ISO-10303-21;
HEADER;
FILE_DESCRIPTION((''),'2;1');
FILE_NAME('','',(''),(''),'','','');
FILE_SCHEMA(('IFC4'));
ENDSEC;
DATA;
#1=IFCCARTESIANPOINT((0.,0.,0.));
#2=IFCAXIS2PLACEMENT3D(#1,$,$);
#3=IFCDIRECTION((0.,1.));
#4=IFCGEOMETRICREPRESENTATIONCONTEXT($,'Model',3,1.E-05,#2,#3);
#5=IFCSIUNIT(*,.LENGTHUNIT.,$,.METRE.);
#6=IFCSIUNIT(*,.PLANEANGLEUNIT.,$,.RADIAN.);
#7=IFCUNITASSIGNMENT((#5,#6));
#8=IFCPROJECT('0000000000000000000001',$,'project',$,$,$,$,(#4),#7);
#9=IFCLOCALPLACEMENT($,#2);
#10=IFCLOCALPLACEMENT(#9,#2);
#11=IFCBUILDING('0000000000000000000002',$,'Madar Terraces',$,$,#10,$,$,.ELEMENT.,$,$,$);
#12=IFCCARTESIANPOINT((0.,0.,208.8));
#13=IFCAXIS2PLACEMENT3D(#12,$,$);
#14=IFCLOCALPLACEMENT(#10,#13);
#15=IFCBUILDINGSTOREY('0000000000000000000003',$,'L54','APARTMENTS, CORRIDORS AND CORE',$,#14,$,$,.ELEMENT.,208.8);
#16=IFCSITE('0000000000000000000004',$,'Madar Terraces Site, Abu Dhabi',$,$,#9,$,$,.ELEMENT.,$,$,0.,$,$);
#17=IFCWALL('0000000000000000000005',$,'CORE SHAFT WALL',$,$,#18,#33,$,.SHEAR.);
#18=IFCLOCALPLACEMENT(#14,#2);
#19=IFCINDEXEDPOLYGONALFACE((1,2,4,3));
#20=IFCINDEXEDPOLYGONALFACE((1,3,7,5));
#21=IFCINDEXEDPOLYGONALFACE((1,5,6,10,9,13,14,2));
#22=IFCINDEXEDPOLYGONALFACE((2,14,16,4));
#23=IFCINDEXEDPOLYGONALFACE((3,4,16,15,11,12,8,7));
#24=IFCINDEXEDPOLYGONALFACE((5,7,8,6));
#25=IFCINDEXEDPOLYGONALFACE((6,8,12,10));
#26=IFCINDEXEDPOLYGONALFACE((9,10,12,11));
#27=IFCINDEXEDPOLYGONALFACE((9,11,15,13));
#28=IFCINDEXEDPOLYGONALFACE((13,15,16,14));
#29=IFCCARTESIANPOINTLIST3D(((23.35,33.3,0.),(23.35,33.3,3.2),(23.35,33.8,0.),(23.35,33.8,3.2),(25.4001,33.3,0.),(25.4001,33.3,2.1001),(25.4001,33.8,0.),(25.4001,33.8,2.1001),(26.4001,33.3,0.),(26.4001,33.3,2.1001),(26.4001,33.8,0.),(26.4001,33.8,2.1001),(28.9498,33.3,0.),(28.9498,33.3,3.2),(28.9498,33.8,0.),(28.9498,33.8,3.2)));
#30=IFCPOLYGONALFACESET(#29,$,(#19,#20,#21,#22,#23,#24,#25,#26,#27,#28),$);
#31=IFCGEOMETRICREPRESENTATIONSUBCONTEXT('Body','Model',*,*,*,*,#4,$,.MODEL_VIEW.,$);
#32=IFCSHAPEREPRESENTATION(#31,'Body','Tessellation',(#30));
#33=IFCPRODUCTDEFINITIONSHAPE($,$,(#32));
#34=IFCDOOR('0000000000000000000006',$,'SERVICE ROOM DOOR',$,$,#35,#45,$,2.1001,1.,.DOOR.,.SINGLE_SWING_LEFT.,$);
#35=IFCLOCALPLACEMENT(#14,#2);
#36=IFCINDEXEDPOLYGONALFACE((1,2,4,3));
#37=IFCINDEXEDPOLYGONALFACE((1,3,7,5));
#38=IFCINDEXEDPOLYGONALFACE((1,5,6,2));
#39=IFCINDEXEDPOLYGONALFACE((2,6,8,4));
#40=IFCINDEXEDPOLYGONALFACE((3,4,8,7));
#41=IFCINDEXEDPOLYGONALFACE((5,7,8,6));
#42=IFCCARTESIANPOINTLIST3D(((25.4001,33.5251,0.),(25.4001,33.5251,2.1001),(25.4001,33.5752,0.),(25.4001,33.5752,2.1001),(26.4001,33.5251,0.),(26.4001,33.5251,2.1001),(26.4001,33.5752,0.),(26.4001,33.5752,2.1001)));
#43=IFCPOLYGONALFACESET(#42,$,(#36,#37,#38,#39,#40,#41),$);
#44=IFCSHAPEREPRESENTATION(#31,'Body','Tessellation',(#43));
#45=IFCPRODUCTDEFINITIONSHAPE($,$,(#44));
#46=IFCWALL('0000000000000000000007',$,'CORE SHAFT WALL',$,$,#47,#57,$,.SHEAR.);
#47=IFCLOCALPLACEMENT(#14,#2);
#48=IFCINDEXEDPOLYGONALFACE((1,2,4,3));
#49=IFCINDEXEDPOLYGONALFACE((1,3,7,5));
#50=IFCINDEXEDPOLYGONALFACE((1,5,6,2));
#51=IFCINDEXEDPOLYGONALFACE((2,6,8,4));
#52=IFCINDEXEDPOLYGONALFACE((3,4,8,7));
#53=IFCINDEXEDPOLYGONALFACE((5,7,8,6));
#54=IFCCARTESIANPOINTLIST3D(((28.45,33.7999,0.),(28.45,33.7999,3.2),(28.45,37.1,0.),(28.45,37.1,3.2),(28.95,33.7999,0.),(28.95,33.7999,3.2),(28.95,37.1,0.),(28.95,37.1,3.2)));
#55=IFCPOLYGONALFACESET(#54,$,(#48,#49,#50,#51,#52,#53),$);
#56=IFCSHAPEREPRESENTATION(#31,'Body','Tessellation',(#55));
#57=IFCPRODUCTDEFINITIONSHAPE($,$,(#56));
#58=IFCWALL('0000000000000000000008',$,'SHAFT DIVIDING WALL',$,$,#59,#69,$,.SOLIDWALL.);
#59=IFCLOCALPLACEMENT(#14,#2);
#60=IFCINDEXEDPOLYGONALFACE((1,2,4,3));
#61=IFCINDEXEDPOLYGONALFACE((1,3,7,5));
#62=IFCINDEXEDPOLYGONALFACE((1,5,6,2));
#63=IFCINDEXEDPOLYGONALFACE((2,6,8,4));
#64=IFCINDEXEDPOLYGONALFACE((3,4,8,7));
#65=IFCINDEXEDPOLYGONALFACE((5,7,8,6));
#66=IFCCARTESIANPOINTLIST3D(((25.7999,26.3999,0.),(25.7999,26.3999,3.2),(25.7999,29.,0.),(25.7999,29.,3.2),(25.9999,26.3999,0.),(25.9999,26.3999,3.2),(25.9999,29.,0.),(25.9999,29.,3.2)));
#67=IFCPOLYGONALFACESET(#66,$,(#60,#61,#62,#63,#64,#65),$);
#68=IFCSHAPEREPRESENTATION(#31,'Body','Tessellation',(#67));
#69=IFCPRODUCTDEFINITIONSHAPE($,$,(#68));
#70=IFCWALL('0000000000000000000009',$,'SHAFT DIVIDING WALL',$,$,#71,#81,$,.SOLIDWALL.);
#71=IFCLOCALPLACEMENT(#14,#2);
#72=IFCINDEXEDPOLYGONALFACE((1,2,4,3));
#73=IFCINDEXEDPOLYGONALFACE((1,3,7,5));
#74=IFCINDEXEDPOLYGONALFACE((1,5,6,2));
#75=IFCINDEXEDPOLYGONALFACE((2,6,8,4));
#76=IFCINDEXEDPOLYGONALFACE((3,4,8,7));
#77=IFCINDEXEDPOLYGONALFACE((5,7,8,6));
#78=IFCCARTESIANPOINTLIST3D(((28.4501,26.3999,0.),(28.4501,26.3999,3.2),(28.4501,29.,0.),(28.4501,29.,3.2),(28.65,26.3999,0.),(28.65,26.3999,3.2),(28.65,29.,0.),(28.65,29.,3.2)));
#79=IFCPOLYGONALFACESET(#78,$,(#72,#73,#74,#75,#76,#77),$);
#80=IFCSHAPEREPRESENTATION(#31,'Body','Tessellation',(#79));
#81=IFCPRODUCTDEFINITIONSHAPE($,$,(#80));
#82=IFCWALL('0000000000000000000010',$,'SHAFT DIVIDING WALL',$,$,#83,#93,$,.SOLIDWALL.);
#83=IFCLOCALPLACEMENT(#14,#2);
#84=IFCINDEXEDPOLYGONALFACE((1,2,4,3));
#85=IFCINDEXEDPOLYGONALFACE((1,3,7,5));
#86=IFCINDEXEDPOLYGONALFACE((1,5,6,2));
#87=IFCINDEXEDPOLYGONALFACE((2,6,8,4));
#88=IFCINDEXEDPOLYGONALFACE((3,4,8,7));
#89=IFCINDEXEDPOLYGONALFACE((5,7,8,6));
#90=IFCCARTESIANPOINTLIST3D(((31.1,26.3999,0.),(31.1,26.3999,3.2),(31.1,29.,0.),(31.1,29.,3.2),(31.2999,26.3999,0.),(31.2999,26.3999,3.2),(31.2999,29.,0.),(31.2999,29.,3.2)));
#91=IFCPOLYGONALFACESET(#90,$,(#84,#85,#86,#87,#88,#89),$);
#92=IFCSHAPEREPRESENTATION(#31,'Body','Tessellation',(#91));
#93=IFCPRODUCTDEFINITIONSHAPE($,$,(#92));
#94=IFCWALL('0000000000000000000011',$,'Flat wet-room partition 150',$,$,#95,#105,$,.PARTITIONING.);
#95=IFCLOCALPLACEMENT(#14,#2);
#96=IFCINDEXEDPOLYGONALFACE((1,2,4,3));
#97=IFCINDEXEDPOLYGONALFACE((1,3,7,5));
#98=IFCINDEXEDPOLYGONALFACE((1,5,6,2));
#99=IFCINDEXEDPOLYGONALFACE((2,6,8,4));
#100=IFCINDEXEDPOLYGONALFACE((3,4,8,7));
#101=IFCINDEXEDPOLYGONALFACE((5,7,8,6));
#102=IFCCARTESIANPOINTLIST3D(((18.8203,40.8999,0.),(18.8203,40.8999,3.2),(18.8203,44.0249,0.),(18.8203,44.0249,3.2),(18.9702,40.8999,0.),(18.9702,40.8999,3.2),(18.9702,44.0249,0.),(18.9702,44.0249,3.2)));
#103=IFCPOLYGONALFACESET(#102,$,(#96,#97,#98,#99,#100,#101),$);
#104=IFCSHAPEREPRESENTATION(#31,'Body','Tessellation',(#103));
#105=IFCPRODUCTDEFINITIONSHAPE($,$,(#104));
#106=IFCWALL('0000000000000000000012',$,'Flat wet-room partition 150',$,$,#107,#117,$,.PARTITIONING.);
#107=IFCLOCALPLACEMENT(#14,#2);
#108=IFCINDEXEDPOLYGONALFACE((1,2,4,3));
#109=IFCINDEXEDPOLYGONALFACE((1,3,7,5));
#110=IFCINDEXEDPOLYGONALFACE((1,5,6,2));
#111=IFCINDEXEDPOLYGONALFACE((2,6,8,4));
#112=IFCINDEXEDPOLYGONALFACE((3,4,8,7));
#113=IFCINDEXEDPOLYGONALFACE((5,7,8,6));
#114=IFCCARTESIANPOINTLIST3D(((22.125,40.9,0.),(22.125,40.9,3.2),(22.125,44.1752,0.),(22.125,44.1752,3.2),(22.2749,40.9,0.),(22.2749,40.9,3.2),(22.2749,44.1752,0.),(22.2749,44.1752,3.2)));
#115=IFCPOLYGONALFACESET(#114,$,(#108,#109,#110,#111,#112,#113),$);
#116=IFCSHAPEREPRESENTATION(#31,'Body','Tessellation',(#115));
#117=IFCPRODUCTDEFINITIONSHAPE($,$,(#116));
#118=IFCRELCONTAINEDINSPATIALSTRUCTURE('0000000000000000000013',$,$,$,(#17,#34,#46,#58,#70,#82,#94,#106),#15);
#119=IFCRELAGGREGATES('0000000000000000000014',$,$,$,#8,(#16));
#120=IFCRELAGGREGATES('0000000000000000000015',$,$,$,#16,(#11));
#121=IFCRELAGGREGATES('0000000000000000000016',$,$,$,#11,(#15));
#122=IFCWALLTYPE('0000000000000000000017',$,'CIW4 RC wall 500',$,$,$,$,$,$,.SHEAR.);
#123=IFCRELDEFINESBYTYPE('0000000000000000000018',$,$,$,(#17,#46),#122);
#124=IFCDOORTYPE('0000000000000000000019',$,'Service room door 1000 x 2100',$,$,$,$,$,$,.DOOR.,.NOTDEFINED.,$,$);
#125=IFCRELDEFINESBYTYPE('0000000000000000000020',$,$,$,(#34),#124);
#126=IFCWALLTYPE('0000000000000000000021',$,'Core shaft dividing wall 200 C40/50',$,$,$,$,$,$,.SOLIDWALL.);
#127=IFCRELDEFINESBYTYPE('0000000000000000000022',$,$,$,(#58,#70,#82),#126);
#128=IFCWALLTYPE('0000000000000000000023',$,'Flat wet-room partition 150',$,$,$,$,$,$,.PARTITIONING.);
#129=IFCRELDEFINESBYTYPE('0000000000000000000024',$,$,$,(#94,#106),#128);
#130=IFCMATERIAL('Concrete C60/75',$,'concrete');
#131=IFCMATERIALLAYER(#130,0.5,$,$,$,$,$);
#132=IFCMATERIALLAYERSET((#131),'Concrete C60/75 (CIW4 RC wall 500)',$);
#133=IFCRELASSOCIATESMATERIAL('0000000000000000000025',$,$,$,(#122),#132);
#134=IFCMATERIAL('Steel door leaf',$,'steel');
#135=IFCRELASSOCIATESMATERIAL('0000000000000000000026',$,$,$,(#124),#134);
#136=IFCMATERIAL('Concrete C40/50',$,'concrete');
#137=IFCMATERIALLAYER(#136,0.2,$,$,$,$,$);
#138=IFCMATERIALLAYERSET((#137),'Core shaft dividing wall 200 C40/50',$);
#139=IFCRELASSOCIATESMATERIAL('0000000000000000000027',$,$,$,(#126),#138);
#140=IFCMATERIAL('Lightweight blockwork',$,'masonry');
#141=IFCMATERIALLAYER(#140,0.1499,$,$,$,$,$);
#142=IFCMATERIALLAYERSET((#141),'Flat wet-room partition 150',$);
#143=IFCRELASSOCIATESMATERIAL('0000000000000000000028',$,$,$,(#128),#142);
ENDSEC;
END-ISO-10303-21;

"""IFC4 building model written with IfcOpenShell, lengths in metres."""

from ifc_helpers import new_model, si_unit, direction, frame, frame_2d, origin, place, context, subcontext, project, spatial, rectangle, extrude, material, layer, layer_set, type_object, element, fill, save


model = new_model("IFC4")

# Units and contexts
model_context = context("Model", 3, precision=1e-05, world=origin(), true_north=direction((0.0, 1.0)))
body_context = subcontext(model_context, "Body", "Model", "MODEL_VIEW")
ifc_project = project(units=[si_unit("LENGTHUNIT", "METRE"), si_unit("PLANEANGLEUNIT", "RADIAN")], contexts=[model_context])

# Site, building, storey
site_placement = place(None, origin())
site = spatial("IfcSite", under=ifc_project, at=site_placement, Name="Madar Terraces Site, Abu Dhabi", CompositionType="ELEMENT", RefElevation=0.0)
building_placement = place(site_placement, origin())
building = spatial("IfcBuilding", under=site, at=building_placement, Name="Madar Terraces", CompositionType="ELEMENT")
storey_placement = place(building_placement, frame((0.0, 0.0, 208.8)))
storey = spatial("IfcBuildingStorey", under=building, at=storey_placement, Name="L54", Description="APARTMENTS, CORRIDORS AND CORE", CompositionType="ELEMENT", Elevation=208.8)

# Shared definitions
ifc_material_1 = material(Name="Concrete C60/75", Category="concrete")
ifc_layer_1 = layer(ifc_material_1, 0.5)
ifc_layer_set_1 = layer_set([ifc_layer_1], Name="Concrete C60/75 (CIW4 RC wall 500)")
wall_type_1 = type_object("IfcWallType", Name="CIW4 RC wall 500", PredefinedType="SHEAR", material=ifc_layer_set_1)

# Wall, opening, door
wall_1_placement = place(storey_placement, frame((23.3501, 33.55, 0.0), z_axis=(0.0, 0.0, 1.0), x_axis=(1.0, 0.0, 0.0)))
wall_1 = element("IfcWall", 1, at=wall_1_placement, inside=storey, type_object=wall_type_1, Name="CORE SHAFT WALL", PredefinedType="SHEAR", context=body_context, shape_type="SweptSolid", body=[
    extrude(rectangle(XDim=5.5999, YDim=0.5, at=frame_2d((2.7998, 0.0))), origin(), (0.0, 0.0, 1.0), 3.2),
])
opening_1_placement = place(wall_1_placement, frame((2.05, 0.0, 0.0)))
opening_1 = element("IfcOpeningElement", 2, at=opening_1_placement, cuts=wall_1, PredefinedType="OPENING", context=body_context, shape_type="SweptSolid", body=[
    extrude(rectangle(XDim=1.0, YDim=2.1001, at=frame_2d((0.5, 1.05))), frame((0.0, 0.26, 0.0), z_axis=(0.0, -1.0, 0.0), x_axis=(1.0, 0.0, 0.0)), (0.0, 0.0, 1.0), 0.52),
])
ifc_material_2 = material(Name="Steel door leaf", Category="steel")
door_type_1 = type_object("IfcDoorType", Name="Service room door 1000 x 2100", OperationType="NOTDEFINED", PredefinedType="DOOR", material=ifc_material_2)
door_1_placement = place(opening_1_placement, frame((1.0, 0.0, 0.0), z_axis=(0.0, 0.0, 1.0), x_axis=(-1.0, 0.0, 0.0)))
door_1 = element("IfcDoor", 3, at=door_1_placement, inside=storey, type_object=door_type_1, Name="SERVICE ROOM DOOR", OperationType="SINGLE_SWING_LEFT", OverallHeight=2.1001, OverallWidth=1.0, PredefinedType="DOOR", context=body_context, shape_type="SweptSolid", body=[
    extrude(rectangle(XDim=1.0, YDim=2.1001, at=frame_2d((0.5, 1.05))), frame((0.0, 0.0249, 0.0), z_axis=(0.0, -1.0, 0.0), x_axis=(1.0, 0.0, 0.0)), (0.0, 0.0, 1.0), 0.05),
])
fill(opening_1, door_1)

# Walls
wall_2_placement = place(storey_placement, frame((28.7, 33.8, 0.0), z_axis=(0.0, 0.0, 1.0), x_axis=(0.0, 1.0, 0.0)))
element("IfcWall", 4, at=wall_2_placement, inside=storey, type_object=wall_type_1, Name="CORE SHAFT WALL", PredefinedType="SHEAR", context=body_context, shape_type="SweptSolid", body=[
    extrude(rectangle(XDim=3.3, YDim=0.5, at=frame_2d((1.6499, 0.0))), origin(), (0.0, 0.0, 1.0), 3.2),
])
ifc_material_3 = material(Name="Concrete C40/50", Category="concrete")
ifc_layer_2 = layer(ifc_material_3, 0.2)
ifc_layer_set_2 = layer_set([ifc_layer_2], Name="Core shaft dividing wall 200 C40/50")
wall_type_2 = type_object("IfcWallType", Name="Core shaft dividing wall 200 C40/50", PredefinedType="SOLIDWALL", material=ifc_layer_set_2)
for number, where, z_axis, x_axis, name in (
    (5, (25.8999, 26.3999, 0.0), (0.0, 0.0, 1.0), (0.0, 1.0, 0.0), "SHAFT DIVIDING WALL"),
    (6, (28.55, 26.3999, 0.0), (0.0, 0.0, 1.0), (0.0, 1.0, 0.0), "SHAFT DIVIDING WALL"),
    (7, (31.2, 26.3999, 0.0), (0.0, 0.0, 1.0), (0.0, 1.0, 0.0), "SHAFT DIVIDING WALL"),
):
    element("IfcWall", number, at=place(storey_placement, frame(where, z_axis=z_axis, x_axis=x_axis)), inside=storey, type_object=wall_type_2, Name=name, PredefinedType="SOLIDWALL", context=body_context, shape_type="SweptSolid", body=[
        extrude(rectangle(XDim=2.6001, YDim=0.2, at=frame_2d((1.3, 0.0))), origin(), (0.0, 0.0, 1.0), 3.2),
    ])
ifc_material_4 = material(Name="Lightweight blockwork", Category="masonry")
ifc_layer_3 = layer(ifc_material_4, 0.1499)
ifc_layer_set_3 = layer_set([ifc_layer_3], Name="Flat wet-room partition 150")
wall_type_3 = type_object("IfcWallType", Name="Flat wet-room partition 150", PredefinedType="PARTITIONING", material=ifc_layer_set_3)
wall_3_placement = place(storey_placement, frame((18.8953, 40.8999, 0.0), z_axis=(0.0, 0.0, 1.0), x_axis=(0.0, 1.0, 0.0)))
element("IfcWall", 8, at=wall_3_placement, inside=storey, type_object=wall_type_3, Name="Flat wet-room partition 150", PredefinedType="PARTITIONING", context=body_context, shape_type="SweptSolid", body=[
    extrude(rectangle(XDim=3.125, YDim=0.1499, at=frame_2d((1.5625, 0.0))), origin(), (0.0, 0.0, 1.0), 3.2),
])
wall_4_placement = place(storey_placement, frame((22.2, 40.8999, 0.0), z_axis=(0.0, 0.0, 1.0), x_axis=(0.0, 1.0, 0.0)))
element("IfcWall", 9, at=wall_4_placement, inside=storey, type_object=wall_type_3, Name="Flat wet-room partition 150", PredefinedType="PARTITIONING", context=body_context, shape_type="SweptSolid", body=[
    extrude(rectangle(XDim=3.2751, YDim=0.1499, at=frame_2d((1.6377, 0.0))), origin(), (0.0, 0.0, 1.0), 3.2),
])

save(model, "model.ifc")
